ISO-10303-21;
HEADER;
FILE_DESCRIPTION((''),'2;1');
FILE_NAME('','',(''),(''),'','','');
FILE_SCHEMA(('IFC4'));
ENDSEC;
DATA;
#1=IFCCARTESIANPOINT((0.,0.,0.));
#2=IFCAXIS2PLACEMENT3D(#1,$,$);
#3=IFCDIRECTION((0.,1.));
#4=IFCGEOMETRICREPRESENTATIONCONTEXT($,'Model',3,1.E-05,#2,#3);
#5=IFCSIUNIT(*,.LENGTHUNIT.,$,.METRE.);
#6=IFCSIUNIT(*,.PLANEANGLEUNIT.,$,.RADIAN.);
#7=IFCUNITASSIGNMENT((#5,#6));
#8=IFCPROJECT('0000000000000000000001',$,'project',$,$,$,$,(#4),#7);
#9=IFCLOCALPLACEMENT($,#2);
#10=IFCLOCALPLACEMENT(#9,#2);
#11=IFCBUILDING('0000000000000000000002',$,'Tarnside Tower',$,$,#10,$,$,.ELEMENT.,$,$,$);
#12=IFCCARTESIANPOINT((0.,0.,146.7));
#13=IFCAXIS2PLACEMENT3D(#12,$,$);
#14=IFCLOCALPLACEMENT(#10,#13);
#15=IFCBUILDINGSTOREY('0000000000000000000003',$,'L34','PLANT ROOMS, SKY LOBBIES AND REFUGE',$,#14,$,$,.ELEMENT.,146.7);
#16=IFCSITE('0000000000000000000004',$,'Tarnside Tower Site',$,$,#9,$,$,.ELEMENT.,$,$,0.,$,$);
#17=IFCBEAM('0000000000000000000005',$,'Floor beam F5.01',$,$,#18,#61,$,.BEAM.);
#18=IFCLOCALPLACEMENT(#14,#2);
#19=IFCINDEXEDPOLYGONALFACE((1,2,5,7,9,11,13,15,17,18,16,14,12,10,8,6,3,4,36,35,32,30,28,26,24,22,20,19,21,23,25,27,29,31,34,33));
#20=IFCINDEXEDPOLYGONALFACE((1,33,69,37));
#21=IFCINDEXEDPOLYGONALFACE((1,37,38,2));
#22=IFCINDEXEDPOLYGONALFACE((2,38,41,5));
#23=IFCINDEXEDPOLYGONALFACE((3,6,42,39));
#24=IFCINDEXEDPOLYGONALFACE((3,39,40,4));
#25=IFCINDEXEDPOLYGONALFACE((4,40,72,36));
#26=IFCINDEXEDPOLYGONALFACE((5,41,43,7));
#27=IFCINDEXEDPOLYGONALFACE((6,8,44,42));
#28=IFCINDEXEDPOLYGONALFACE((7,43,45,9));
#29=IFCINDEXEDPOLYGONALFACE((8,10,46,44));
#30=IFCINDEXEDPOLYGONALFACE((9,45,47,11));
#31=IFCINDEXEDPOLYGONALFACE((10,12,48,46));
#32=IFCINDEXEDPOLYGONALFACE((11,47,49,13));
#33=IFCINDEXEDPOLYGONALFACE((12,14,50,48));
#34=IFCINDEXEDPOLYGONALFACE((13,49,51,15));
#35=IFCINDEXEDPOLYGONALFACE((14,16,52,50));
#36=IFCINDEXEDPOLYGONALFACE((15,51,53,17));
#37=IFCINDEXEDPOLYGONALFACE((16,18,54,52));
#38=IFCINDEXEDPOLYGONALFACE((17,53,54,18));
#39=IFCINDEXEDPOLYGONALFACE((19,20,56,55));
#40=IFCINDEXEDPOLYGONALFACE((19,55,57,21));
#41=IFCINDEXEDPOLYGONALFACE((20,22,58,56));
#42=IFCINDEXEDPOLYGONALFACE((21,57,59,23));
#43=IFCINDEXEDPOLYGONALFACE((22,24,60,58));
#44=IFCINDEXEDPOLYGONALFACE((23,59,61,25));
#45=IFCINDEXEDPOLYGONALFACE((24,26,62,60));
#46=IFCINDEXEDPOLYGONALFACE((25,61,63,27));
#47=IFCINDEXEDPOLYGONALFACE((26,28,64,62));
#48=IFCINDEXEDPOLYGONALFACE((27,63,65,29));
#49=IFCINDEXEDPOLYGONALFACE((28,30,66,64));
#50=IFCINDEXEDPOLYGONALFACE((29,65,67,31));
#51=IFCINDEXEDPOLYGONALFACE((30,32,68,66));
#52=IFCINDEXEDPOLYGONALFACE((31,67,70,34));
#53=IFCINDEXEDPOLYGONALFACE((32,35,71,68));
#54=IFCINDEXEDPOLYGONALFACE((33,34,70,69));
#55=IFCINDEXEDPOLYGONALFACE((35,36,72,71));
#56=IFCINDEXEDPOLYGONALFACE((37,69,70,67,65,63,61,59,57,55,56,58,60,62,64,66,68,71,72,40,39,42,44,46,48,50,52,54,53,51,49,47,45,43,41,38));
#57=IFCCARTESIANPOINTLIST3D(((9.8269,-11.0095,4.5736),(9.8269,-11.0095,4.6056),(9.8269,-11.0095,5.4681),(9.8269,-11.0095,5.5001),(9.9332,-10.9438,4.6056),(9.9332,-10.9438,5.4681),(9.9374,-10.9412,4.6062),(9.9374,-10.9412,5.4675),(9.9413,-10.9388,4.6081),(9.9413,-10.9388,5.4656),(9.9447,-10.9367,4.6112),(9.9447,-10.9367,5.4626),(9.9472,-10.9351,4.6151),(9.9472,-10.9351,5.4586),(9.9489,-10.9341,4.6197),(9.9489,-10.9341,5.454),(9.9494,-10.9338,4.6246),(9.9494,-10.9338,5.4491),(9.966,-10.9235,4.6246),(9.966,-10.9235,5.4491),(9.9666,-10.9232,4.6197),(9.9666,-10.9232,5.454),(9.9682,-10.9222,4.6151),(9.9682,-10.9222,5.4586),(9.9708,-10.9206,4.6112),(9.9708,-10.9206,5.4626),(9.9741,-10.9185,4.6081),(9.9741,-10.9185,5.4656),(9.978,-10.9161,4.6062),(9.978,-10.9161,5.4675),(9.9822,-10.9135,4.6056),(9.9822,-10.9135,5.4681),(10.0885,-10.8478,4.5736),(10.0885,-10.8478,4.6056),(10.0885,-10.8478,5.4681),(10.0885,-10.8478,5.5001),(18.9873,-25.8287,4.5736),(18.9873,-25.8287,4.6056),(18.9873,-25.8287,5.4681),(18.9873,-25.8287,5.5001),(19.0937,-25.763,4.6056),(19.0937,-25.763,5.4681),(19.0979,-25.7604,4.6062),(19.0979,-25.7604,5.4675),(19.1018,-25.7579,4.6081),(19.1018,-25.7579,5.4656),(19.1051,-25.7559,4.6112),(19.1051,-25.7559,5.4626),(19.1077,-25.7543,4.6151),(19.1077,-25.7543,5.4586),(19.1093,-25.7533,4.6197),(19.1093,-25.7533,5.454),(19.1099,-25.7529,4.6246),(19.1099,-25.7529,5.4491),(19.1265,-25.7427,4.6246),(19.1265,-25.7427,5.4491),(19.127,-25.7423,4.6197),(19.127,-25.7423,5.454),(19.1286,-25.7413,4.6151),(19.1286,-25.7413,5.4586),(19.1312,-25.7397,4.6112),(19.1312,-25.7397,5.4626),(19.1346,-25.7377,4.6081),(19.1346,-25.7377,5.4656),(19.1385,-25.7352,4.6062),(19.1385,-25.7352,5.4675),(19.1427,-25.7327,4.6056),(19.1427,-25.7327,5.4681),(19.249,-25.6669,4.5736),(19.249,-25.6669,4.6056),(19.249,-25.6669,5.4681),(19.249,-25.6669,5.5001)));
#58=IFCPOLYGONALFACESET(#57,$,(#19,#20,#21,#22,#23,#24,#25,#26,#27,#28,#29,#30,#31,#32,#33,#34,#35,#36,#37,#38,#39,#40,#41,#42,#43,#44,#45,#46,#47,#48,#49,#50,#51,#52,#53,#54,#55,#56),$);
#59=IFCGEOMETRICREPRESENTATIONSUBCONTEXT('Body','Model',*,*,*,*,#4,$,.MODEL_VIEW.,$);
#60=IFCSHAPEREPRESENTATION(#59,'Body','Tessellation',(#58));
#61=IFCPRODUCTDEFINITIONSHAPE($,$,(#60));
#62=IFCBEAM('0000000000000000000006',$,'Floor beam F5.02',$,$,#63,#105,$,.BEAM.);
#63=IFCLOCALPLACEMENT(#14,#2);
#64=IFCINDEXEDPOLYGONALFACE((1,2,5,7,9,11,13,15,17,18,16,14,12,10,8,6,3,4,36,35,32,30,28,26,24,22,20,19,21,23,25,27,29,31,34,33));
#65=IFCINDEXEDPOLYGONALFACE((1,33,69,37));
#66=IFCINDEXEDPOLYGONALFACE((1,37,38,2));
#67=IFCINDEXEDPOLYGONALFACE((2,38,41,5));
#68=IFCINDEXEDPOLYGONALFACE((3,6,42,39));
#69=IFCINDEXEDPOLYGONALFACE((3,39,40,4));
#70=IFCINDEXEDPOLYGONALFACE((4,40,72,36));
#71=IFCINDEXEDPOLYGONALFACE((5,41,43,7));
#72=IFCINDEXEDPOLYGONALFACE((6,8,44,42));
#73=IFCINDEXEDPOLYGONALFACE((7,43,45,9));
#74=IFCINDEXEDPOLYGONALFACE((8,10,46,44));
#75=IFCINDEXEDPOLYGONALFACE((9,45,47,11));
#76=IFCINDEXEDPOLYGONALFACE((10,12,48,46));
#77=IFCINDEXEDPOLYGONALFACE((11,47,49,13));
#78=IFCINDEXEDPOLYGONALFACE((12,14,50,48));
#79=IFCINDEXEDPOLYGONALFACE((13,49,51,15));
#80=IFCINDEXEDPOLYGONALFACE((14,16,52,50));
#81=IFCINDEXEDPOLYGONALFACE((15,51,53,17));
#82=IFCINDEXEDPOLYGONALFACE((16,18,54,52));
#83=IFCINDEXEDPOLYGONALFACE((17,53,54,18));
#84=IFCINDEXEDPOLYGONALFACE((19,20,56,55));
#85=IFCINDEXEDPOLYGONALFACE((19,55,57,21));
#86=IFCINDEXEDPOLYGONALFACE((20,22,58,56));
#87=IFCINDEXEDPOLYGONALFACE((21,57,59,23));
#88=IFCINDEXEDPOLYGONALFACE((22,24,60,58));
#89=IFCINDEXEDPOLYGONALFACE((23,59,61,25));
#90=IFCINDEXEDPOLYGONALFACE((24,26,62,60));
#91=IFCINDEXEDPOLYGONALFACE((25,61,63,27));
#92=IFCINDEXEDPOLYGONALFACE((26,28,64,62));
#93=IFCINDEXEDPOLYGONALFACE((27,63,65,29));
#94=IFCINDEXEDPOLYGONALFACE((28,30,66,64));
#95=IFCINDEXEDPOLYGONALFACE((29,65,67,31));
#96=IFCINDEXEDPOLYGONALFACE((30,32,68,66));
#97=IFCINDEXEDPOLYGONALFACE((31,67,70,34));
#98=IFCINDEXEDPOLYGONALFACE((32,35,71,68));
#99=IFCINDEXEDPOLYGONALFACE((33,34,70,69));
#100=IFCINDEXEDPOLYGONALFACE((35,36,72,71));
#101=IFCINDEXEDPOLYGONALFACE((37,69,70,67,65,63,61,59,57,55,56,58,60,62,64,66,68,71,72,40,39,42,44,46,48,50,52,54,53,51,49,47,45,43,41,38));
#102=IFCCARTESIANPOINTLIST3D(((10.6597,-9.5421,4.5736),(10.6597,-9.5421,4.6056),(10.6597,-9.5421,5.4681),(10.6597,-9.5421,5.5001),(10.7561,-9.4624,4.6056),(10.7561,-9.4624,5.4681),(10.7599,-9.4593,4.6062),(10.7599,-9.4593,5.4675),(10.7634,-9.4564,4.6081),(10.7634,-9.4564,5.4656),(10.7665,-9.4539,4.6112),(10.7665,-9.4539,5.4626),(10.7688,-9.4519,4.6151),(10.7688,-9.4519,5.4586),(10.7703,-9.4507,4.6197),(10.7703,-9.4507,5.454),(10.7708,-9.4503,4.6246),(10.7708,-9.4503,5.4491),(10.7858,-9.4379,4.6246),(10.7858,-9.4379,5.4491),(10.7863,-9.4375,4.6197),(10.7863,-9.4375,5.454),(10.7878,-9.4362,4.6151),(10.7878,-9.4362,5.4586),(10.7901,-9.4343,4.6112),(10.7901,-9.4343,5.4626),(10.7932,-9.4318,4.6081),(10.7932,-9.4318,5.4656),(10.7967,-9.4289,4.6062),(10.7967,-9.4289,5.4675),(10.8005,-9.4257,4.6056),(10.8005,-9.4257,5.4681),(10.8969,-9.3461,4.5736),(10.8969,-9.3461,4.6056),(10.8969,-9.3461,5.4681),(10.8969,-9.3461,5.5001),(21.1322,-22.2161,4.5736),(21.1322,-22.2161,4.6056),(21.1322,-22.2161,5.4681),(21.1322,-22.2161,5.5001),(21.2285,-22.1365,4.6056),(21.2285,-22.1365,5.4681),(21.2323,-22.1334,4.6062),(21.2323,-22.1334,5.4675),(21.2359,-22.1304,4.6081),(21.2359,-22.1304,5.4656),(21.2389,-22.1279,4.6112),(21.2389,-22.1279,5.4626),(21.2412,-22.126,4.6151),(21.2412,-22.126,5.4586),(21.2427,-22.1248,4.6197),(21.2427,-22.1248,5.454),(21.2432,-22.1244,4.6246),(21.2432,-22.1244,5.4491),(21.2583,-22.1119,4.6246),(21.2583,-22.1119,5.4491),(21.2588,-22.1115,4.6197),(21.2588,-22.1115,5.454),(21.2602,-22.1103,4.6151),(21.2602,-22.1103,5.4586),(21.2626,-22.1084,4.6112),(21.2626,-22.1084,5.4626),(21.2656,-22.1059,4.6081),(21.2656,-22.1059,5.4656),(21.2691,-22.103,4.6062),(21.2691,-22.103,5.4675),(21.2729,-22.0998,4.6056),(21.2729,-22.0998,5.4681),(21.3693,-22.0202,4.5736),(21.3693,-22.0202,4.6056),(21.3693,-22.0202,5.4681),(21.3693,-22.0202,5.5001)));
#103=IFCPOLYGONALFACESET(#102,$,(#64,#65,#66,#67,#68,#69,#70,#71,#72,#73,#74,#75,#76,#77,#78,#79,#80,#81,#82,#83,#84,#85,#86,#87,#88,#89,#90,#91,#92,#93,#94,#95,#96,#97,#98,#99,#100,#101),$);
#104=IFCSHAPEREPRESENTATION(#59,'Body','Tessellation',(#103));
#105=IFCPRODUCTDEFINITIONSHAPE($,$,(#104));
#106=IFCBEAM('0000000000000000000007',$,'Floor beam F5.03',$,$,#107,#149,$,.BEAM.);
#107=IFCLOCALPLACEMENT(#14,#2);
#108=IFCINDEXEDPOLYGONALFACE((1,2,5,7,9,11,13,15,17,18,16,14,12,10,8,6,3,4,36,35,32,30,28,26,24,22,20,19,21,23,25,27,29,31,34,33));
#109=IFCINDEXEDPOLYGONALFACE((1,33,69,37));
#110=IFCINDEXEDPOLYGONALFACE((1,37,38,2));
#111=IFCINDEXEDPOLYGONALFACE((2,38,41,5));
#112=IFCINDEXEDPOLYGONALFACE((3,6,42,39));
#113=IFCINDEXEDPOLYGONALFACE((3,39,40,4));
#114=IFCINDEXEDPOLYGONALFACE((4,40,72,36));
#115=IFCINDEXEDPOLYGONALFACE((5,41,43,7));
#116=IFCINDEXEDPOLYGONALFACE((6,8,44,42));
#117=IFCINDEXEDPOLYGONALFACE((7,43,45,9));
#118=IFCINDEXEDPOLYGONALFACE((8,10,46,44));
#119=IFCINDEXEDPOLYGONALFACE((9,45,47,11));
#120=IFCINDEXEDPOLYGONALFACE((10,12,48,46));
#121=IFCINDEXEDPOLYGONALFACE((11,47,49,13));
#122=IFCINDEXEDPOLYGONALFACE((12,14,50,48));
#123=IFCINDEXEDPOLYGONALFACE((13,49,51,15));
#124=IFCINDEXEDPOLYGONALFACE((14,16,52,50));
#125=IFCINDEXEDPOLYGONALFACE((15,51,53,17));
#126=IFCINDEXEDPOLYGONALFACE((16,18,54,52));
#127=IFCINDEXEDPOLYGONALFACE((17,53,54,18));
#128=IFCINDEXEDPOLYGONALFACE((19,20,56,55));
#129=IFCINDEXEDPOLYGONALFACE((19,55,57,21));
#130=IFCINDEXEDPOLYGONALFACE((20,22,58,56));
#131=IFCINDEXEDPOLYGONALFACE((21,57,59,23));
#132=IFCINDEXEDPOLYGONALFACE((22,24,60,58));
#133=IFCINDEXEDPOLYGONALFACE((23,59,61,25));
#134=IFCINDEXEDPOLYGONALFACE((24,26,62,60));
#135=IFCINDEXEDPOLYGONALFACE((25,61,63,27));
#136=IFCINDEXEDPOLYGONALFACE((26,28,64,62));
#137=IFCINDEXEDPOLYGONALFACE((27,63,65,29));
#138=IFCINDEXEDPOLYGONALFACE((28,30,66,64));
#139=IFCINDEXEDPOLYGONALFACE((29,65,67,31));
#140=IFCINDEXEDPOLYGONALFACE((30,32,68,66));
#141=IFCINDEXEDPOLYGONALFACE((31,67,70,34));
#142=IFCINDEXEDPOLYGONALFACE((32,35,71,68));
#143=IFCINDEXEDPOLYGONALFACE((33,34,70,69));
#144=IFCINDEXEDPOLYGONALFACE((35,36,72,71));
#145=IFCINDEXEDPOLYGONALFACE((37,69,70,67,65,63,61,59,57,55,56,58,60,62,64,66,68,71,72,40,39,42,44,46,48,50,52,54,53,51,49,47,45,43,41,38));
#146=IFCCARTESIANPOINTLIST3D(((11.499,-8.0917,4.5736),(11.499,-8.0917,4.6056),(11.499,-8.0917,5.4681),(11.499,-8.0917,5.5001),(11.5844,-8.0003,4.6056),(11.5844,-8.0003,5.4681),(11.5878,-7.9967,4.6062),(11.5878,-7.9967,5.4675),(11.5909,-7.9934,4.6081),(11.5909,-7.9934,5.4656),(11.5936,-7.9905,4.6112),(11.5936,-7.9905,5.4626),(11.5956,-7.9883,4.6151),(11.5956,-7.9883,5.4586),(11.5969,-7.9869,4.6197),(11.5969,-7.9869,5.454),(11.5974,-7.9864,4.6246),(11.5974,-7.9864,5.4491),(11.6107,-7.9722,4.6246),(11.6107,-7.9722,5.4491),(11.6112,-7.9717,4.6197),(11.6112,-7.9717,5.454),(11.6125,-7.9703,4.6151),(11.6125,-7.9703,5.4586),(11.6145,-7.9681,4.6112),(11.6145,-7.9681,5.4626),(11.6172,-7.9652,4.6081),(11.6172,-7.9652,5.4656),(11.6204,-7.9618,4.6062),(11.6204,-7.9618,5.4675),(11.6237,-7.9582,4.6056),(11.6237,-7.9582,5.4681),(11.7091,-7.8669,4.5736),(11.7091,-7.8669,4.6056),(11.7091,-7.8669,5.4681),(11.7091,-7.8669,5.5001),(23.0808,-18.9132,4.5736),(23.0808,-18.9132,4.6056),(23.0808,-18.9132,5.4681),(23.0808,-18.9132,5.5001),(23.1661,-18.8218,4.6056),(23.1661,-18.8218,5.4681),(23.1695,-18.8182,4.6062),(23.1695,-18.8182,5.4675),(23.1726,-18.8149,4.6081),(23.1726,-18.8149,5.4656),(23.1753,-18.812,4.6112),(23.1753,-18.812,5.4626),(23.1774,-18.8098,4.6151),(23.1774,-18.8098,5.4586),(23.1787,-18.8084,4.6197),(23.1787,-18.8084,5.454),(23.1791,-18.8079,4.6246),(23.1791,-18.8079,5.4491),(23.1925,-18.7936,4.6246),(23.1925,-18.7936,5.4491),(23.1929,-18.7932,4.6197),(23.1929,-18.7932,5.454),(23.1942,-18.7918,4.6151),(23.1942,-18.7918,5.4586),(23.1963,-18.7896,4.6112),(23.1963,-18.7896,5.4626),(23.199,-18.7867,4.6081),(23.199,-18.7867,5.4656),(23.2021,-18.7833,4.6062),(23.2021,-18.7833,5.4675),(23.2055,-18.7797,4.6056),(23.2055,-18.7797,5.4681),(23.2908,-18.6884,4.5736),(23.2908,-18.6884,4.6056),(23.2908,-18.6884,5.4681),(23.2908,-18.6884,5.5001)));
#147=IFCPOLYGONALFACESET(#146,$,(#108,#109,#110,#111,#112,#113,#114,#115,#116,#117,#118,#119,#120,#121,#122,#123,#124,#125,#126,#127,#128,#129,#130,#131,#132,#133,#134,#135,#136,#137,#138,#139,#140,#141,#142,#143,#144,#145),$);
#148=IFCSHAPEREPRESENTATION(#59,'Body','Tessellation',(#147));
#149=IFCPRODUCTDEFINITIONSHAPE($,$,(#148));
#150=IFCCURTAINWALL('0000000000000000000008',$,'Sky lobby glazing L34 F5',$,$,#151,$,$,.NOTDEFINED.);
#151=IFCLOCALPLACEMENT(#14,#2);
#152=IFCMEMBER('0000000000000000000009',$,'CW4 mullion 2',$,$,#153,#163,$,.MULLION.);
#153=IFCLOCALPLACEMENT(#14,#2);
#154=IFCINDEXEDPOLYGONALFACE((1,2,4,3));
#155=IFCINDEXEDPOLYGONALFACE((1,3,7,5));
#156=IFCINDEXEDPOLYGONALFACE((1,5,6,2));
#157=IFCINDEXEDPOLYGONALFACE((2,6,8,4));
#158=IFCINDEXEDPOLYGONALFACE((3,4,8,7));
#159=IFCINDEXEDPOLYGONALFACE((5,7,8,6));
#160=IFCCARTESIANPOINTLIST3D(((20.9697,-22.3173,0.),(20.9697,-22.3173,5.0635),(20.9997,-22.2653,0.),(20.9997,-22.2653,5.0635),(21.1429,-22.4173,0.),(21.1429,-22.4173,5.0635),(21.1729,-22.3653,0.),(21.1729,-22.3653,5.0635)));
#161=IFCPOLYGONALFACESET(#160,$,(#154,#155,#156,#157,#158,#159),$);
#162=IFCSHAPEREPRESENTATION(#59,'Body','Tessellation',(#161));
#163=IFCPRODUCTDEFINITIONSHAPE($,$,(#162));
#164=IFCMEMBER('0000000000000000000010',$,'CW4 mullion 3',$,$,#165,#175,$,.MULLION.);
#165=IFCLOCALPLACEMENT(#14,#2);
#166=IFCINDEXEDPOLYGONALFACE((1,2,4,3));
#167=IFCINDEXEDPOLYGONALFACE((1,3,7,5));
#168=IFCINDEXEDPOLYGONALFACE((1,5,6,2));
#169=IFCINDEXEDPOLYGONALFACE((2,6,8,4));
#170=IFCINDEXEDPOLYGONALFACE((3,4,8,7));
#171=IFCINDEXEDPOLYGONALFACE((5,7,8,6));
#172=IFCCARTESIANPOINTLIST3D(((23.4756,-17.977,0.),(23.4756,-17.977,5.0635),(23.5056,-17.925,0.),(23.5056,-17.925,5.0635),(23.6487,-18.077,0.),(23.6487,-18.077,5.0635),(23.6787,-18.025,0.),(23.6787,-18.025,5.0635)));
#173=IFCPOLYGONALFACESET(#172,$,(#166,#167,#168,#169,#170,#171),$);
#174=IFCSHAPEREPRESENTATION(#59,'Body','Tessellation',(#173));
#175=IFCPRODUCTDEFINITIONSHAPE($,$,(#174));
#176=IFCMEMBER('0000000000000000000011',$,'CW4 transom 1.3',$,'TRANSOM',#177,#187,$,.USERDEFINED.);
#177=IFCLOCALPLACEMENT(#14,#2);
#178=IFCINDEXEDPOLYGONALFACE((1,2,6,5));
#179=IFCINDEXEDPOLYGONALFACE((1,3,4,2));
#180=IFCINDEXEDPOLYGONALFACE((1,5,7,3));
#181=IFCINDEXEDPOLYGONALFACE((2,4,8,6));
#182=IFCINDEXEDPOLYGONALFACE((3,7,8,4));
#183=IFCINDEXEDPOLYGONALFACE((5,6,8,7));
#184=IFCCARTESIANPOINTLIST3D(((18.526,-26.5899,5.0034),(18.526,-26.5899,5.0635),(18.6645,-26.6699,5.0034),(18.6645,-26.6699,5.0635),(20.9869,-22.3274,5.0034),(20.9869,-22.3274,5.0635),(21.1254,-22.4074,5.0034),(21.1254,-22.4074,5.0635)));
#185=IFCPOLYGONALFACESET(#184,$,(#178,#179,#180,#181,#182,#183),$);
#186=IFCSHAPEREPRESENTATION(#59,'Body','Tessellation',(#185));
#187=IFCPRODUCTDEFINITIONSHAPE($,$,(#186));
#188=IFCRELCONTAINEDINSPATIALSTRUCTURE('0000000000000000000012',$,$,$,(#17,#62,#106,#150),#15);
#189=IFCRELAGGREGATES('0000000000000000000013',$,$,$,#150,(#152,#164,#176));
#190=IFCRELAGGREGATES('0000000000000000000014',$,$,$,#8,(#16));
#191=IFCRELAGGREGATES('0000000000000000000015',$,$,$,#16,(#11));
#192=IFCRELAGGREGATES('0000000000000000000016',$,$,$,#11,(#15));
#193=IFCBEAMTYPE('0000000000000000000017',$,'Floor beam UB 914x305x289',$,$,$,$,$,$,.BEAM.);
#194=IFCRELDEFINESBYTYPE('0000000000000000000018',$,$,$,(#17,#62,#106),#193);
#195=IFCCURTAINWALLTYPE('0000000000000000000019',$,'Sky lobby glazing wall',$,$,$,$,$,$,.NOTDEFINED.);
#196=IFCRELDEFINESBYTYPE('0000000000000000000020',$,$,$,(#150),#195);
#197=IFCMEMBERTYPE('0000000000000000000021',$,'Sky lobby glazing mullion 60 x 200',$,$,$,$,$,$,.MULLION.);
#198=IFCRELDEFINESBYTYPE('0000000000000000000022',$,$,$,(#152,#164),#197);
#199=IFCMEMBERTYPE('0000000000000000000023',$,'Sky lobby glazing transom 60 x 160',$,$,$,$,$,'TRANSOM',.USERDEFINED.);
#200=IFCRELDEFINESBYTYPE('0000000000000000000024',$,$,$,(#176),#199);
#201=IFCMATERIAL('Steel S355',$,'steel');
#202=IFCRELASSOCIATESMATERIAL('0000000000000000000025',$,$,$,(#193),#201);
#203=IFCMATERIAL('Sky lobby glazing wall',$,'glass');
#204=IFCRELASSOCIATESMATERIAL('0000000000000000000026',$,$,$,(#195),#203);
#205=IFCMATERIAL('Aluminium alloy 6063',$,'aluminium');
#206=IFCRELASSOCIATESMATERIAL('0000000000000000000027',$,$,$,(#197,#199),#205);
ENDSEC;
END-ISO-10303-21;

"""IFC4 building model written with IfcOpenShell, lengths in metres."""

from ifc_helpers import new_model, si_unit, direction, frame, origin, origin_2d, place, context, subcontext, project, spatial, rectangle, i_section, extrude, material, material_profile, profile_set, type_object, element, aggregate, save


model = new_model("IFC4")

# Units and contexts
model_context = context("Model", 3, precision=1e-05, world=origin(), true_north=direction((0.0, 1.0)))
body_context = subcontext(model_context, "Body", "Model", "MODEL_VIEW")
ifc_project = project(units=[si_unit("LENGTHUNIT", "METRE"), si_unit("PLANEANGLEUNIT", "RADIAN")], contexts=[model_context])

# Site, building, storey
site_placement = place(None, origin())
site = spatial("IfcSite", under=ifc_project, at=site_placement, Name="Tarnside Tower Site", CompositionType="ELEMENT", RefElevation=0.0)
building_placement = place(site_placement, origin())
building = spatial("IfcBuilding", under=site, at=building_placement, Name="Tarnside Tower", CompositionType="ELEMENT")
storey_placement = place(building_placement, frame((0.0, 0.0, 146.7)))
storey = spatial("IfcBuildingStorey", under=building, at=storey_placement, Name="L34", Description="PLANT ROOMS, SKY LOBBIES AND REFUGE", CompositionType="ELEMENT", Elevation=146.7)

# Beams
ifc_material_1 = material(Name="Steel S355", Category="steel")
ifc_material_profile_1 = material_profile(ifc_material_1, i_section(OverallWidth=0.3076, OverallDepth=0.9265, WebThickness=0.0195, FlangeThickness=0.032, FilletRadius=0.019, at=origin_2d()), Name="UB 914x305x289")
ifc_profile_set_1 = profile_set([ifc_material_profile_1], Name="Steel S355")
beam_type = type_object("IfcBeamType", Name="Floor beam UB 914x305x289", PredefinedType="BEAM", material=ifc_profile_set_1)
beam_1_placement = place(storey_placement, frame((19.1182, -25.7478, 5.0369), z_axis=(-0.525802, 0.850607, 0.0), x_axis=(-0.850607, -0.525802, 0.0)))
element("IfcBeam", 1, at=beam_1_placement, inside=storey, type_object=beam_type, Name="Floor beam F5.01", PredefinedType="BEAM", context=body_context, shape_type="SweptSolid", body=[
    extrude(i_section(OverallWidth=0.3076, OverallDepth=0.9265, WebThickness=0.0195, FlangeThickness=0.032, FilletRadius=0.019, at=origin_2d()), origin(), (0.0, 0.0, 1.0), 17.4219),
])
beam_2_placement = place(storey_placement, frame((21.2507, -22.1182, 5.0369), z_axis=(-0.636973, 0.770886, 0.0), x_axis=(-0.770886, -0.636973, 0.0)))
element("IfcBeam", 2, at=beam_2_placement, inside=storey, type_object=beam_type, Name="Floor beam F5.02", PredefinedType="BEAM", context=body_context, shape_type="SweptSolid", body=[
    extrude(i_section(OverallWidth=0.3076, OverallDepth=0.9265, WebThickness=0.0195, FlangeThickness=0.032, FilletRadius=0.019, at=origin_2d()), origin(), (0.0, 0.0, 1.0), 16.4409),
])
beam_3_placement = place(storey_placement, frame((23.1858, -18.8008, 5.0369), z_axis=(-0.730682, 0.682718, 0.0), x_axis=(-0.682718, -0.730682, 0.0)))
element("IfcBeam", 3, at=beam_3_placement, inside=storey, type_object=beam_type, Name="Floor beam F5.03", PredefinedType="BEAM", context=body_context, shape_type="SweptSolid", body=[
    extrude(i_section(OverallWidth=0.3076, OverallDepth=0.9265, WebThickness=0.0195, FlangeThickness=0.032, FilletRadius=0.019, at=origin_2d()), origin(), (0.0, 0.0, 1.0), 15.8506),
])

# Curtain wall, members
ifc_material_2 = material(Name="Sky lobby glazing wall", Category="glass")
curtain_wall_type = type_object("IfcCurtainWallType", Name="Sky lobby glazing wall", PredefinedType="NOTDEFINED", material=ifc_material_2)
curtain_wall_placement = place(storey_placement, origin())
curtain_wall = element("IfcCurtainWall", 4, at=curtain_wall_placement, inside=storey, type_object=curtain_wall_type, Name="Sky lobby glazing L34 F5", PredefinedType="NOTDEFINED")
ifc_material_3 = material(Name="Aluminium alloy 6063", Category="aluminium")
ifc_material_profile_2 = material_profile(ifc_material_3, rectangle(XDim=0.2, YDim=0.0601, at=origin_2d()), Name="Sky lobby glazing mullion 60 x 200")
ifc_profile_set_2 = profile_set([ifc_material_profile_2], Name="Aluminium alloy 6063")
member_type_1 = type_object("IfcMemberType", Name="Sky lobby glazing mullion 60 x 200", PredefinedType="MULLION", material=ifc_profile_set_2)
member_1_placement = place(storey_placement, frame((21.0713, -22.3413, 0.0), z_axis=(0.0, 0.0, 1.0), x_axis=(-0.866025, 0.5, 0.0)))
member_1 = element("IfcMember", 5, at=member_1_placement, type_object=member_type_1, Name="CW4 mullion 2", PredefinedType="MULLION", context=body_context, shape_type="SweptSolid", body=[
    extrude(rectangle(XDim=0.2, YDim=0.0601, at=origin_2d()), origin(), (0.0, 0.0, 1.0), 5.0635),
])
member_2_placement = place(storey_placement, frame((23.5771, -18.001, 0.0), z_axis=(0.0, 0.0, 1.0), x_axis=(-0.866025, 0.5, 0.0)))
member_2 = element("IfcMember", 6, at=member_2_placement, type_object=member_type_1, Name="CW4 mullion 3", PredefinedType="MULLION", context=body_context, shape_type="SweptSolid", body=[
    extrude(rectangle(XDim=0.2, YDim=0.0601, at=origin_2d()), origin(), (0.0, 0.0, 1.0), 5.0635),
])
ifc_material_profile_3 = material_profile(ifc_material_3, rectangle(XDim=0.1599, YDim=0.0601, at=origin_2d()), Name="Sky lobby glazing transom 60 x 160")
ifc_profile_set_3 = profile_set([ifc_material_profile_3], Name="Aluminium alloy 6063")
member_type_2 = type_object("IfcMemberType", Name="Sky lobby glazing transom 60 x 160", ElementType="TRANSOM", PredefinedType="USERDEFINED", material=ifc_profile_set_3)
member_3_placement = place(storey_placement, frame((18.5952, -26.6299, 5.0334), z_axis=(0.500002, 0.866025, 0.0), x_axis=(-0.866025, 0.500002, 0.0)))
member_3 = element("IfcMember", 7, at=member_3_placement, type_object=member_type_2, Name="CW4 transom 1.3", ObjectType="TRANSOM", PredefinedType="USERDEFINED", context=body_context, shape_type="SweptSolid", body=[
    extrude(rectangle(XDim=0.1599, YDim=0.0601, at=origin_2d()), origin(), (0.0, 0.0, 1.0), 4.9219),
])

aggregate(curtain_wall, [member_1, member_2, member_3])

save(model, "model.ifc")
